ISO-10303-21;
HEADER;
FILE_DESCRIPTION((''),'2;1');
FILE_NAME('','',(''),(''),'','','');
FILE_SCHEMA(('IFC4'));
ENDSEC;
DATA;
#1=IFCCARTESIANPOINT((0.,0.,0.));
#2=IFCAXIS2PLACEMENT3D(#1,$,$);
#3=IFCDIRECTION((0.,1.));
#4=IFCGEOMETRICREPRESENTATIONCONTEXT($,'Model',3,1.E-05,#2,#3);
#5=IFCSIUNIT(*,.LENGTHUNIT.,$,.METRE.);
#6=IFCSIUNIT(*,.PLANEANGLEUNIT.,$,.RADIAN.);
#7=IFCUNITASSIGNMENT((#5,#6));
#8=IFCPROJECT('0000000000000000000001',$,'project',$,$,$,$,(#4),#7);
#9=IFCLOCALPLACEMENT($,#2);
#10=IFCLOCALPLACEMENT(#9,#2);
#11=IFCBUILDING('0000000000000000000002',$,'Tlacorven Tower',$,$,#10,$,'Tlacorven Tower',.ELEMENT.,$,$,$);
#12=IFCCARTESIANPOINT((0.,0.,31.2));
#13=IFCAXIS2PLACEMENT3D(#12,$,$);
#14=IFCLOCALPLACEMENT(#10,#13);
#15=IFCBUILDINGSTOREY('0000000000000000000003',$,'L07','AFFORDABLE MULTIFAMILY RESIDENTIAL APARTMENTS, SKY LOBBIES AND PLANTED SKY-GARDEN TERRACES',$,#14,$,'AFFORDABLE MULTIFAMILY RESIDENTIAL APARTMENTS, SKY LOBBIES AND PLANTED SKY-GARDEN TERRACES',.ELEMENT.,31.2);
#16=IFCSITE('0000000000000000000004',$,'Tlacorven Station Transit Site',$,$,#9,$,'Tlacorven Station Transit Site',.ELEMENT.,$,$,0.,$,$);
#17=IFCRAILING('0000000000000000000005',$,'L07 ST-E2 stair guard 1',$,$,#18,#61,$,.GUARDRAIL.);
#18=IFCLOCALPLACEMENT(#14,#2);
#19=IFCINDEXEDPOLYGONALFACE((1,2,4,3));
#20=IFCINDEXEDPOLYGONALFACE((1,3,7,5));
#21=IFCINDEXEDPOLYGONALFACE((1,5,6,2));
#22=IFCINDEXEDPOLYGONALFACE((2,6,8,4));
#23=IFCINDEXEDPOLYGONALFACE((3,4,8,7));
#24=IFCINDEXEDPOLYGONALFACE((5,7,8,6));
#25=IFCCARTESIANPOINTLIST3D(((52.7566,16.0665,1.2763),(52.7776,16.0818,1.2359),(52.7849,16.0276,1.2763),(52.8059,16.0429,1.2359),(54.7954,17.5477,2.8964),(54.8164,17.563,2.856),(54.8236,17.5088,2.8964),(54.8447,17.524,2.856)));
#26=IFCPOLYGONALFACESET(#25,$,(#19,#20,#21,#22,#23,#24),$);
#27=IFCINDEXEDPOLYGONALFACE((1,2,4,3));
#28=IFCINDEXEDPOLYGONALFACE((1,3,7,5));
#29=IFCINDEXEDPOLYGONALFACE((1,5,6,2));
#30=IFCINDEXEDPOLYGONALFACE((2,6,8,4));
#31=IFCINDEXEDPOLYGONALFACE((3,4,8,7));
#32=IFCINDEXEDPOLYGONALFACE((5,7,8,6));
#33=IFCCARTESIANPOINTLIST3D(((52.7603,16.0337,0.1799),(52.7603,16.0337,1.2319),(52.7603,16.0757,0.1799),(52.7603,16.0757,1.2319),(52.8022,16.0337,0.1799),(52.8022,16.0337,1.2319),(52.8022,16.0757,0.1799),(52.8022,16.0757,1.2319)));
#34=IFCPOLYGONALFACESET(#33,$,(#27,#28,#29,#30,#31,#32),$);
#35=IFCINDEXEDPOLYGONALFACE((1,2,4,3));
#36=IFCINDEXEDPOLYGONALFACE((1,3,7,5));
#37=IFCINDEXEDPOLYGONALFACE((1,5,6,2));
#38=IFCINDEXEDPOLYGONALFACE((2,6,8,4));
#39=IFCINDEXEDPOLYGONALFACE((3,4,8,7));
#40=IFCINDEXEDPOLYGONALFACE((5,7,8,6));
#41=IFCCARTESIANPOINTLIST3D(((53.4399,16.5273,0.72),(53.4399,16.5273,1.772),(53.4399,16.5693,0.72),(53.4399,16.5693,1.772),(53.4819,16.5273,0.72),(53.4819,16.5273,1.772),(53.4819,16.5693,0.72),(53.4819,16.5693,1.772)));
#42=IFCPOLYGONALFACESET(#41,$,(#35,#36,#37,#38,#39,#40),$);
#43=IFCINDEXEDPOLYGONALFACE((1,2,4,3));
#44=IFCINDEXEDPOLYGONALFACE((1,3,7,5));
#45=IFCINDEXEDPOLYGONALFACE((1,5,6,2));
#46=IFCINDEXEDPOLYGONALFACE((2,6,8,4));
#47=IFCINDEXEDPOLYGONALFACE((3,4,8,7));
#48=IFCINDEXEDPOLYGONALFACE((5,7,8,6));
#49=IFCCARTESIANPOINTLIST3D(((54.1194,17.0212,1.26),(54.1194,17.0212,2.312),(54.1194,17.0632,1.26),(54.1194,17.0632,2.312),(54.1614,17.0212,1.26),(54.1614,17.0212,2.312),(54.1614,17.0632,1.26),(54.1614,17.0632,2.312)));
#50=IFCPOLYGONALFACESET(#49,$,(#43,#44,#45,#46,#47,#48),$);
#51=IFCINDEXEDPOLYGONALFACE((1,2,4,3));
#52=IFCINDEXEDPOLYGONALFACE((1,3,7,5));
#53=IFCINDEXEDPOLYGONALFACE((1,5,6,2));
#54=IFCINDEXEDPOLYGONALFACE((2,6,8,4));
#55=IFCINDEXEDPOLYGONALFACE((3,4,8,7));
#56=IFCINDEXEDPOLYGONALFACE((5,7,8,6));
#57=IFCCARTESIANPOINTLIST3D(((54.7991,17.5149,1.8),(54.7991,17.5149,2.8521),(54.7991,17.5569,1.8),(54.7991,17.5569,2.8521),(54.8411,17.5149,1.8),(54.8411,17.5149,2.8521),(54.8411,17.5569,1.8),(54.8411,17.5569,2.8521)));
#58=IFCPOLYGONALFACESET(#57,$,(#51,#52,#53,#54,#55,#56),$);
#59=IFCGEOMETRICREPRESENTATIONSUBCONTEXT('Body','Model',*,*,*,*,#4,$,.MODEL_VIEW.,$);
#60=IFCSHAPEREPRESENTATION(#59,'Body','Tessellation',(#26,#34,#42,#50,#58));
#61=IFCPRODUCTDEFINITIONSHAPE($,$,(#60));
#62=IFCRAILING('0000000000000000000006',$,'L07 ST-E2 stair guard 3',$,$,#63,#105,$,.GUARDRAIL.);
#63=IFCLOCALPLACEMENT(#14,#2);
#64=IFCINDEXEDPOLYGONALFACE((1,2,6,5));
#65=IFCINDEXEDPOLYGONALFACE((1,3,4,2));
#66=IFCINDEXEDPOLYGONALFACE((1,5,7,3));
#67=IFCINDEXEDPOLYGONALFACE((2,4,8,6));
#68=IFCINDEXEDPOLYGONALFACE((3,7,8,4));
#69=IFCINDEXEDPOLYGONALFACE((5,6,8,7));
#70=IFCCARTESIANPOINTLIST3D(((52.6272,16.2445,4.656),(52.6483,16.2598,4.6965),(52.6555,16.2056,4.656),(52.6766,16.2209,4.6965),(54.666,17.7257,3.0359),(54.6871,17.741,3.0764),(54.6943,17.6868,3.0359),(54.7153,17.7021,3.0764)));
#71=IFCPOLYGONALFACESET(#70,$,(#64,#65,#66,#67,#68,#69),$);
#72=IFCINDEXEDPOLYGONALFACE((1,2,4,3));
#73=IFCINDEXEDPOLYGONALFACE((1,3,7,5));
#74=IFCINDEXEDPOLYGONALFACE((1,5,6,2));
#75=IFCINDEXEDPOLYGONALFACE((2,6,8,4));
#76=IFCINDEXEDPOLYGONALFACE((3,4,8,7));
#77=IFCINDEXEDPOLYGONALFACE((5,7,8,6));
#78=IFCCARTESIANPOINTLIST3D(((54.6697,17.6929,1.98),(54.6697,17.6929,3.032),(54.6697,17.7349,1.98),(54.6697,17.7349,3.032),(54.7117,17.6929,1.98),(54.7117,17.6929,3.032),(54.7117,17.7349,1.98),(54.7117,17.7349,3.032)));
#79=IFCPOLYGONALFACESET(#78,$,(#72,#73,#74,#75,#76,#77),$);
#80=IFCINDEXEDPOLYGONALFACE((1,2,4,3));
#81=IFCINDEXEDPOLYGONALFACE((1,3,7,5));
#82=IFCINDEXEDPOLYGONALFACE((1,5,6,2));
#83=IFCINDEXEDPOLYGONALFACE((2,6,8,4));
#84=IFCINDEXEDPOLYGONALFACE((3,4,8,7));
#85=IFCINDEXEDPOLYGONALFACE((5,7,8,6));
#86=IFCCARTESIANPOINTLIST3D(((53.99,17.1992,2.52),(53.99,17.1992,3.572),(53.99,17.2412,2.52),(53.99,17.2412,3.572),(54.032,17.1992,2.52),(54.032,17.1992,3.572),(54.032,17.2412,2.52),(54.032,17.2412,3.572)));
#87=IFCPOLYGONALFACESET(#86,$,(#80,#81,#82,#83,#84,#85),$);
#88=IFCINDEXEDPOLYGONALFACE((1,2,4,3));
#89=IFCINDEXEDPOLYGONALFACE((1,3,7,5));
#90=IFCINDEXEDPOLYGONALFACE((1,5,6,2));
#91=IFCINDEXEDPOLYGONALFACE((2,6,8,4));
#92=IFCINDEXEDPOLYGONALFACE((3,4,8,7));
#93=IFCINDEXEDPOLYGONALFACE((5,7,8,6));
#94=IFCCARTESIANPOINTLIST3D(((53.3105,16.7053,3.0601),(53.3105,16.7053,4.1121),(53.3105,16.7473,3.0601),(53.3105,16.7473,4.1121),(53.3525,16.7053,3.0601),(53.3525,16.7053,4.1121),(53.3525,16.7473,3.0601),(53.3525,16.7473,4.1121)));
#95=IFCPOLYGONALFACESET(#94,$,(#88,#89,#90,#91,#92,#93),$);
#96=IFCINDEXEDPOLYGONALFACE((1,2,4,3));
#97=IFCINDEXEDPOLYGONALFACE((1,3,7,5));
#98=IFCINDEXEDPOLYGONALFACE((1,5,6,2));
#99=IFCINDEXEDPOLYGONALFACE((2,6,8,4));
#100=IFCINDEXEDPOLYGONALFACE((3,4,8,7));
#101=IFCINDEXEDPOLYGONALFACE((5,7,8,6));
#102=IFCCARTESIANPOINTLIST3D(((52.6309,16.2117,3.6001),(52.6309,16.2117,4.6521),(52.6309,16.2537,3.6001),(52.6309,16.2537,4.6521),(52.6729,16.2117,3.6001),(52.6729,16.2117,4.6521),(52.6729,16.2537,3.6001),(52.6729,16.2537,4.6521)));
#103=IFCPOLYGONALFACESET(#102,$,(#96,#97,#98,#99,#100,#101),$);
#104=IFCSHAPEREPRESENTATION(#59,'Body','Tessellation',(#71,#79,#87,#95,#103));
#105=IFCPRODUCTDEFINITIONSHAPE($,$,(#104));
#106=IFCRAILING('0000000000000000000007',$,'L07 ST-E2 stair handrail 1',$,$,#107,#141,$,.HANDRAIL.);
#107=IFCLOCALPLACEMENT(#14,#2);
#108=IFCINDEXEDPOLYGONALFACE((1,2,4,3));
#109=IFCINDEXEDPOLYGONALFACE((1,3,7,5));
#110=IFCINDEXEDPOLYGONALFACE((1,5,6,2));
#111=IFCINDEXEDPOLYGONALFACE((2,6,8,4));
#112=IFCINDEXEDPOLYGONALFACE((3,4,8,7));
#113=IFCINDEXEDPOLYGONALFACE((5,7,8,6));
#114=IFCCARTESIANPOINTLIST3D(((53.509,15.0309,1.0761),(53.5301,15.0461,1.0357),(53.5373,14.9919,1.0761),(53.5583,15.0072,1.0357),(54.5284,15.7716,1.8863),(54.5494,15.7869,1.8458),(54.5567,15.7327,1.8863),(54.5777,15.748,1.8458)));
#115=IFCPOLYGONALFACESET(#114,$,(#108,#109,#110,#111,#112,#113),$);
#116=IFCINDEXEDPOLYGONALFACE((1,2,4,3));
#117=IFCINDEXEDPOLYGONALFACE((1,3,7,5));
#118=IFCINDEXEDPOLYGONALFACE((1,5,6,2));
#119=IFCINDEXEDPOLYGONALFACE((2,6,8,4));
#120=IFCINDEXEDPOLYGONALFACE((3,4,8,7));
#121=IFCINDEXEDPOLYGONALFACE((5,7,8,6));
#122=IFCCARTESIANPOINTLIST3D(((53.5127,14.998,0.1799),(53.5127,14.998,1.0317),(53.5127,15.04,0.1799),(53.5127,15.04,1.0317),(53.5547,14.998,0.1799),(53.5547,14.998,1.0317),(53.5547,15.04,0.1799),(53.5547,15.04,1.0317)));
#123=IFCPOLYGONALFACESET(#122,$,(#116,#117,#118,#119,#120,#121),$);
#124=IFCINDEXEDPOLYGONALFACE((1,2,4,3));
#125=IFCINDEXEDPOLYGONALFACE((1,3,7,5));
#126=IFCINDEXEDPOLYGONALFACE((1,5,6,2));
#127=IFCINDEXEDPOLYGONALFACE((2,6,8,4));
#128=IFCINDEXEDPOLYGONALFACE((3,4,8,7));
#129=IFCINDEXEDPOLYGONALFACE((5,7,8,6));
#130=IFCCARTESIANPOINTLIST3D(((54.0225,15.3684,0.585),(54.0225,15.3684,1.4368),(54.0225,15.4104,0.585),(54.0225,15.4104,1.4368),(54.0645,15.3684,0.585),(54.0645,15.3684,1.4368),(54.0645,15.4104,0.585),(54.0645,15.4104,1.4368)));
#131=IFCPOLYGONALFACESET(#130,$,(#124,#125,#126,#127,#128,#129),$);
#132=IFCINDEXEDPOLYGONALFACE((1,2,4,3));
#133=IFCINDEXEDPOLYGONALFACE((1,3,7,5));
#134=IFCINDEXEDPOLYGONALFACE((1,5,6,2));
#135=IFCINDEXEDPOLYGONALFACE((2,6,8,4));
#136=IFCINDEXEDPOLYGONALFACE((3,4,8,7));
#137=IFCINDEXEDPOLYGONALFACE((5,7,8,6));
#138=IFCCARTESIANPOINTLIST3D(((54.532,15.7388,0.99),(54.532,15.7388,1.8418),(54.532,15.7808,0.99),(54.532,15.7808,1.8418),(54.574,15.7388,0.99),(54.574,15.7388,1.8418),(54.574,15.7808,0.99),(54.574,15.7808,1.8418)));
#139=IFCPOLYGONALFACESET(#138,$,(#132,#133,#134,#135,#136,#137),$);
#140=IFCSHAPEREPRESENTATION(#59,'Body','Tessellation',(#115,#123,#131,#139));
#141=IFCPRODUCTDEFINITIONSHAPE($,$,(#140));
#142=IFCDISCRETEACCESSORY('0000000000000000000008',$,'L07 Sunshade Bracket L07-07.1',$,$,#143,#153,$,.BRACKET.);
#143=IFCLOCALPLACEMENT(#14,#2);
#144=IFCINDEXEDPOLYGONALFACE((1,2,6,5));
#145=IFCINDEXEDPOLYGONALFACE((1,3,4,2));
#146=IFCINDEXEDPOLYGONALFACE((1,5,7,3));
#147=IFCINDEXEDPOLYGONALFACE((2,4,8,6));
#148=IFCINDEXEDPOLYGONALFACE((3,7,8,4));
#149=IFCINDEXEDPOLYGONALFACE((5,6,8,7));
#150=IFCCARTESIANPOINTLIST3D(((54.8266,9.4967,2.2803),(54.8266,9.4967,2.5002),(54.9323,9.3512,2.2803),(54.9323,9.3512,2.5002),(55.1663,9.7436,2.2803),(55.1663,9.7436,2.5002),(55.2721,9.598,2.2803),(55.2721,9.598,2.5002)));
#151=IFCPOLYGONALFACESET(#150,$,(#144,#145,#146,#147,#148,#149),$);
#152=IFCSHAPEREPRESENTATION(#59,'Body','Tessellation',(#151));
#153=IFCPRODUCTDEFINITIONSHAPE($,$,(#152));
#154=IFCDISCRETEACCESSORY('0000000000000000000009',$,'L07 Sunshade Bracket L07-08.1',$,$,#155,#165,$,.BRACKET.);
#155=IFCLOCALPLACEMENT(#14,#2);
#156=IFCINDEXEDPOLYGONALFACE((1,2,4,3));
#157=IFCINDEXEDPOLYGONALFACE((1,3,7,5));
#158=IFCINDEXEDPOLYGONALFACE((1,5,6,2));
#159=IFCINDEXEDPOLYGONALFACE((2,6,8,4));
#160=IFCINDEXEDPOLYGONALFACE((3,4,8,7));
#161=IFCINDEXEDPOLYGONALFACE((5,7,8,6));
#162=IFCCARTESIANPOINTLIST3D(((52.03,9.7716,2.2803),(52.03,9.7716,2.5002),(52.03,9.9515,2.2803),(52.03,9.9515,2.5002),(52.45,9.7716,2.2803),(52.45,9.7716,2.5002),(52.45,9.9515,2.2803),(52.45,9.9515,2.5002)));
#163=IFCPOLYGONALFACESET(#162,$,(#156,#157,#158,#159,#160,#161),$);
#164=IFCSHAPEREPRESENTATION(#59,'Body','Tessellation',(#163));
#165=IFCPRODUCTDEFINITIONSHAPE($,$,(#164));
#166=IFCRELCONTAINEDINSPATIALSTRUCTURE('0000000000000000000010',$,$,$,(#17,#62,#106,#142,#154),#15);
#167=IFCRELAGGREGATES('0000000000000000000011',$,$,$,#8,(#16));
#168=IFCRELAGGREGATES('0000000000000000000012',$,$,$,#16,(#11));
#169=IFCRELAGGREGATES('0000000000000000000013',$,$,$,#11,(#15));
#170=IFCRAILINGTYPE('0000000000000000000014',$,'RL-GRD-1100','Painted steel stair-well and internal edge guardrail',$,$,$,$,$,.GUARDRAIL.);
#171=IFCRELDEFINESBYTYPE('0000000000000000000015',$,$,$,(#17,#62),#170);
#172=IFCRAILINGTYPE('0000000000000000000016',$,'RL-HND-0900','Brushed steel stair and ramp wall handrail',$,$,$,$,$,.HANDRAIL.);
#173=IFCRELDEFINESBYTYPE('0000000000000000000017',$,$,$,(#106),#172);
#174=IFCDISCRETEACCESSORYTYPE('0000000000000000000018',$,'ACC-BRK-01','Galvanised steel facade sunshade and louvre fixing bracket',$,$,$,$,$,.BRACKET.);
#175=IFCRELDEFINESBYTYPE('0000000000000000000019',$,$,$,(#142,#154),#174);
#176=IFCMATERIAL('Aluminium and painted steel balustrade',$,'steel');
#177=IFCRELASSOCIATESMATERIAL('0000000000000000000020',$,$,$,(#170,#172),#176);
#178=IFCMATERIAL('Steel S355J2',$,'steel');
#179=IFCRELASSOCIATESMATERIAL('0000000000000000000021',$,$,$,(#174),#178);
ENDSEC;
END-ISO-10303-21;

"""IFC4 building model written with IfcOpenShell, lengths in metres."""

from ifc_helpers import new_model, si_unit, direction, frame, origin, origin_2d, place, context, subcontext, project, spatial, rectangle, extrude, source, transform, mapped, material, type_object, element, save


model = new_model("IFC4")

# Units and contexts
model_context = context("Model", 3, precision=1e-05, world=origin(), true_north=direction((0.0, 1.0)))
body_context = subcontext(model_context, "Body", "Model", "MODEL_VIEW")
ifc_project = project(units=[si_unit("LENGTHUNIT", "METRE"), si_unit("PLANEANGLEUNIT", "RADIAN")], contexts=[model_context])

# Site, building, storey
site_placement = place(None, origin())
site = spatial("IfcSite", under=ifc_project, at=site_placement, Name="Tlacorven Station Transit Site", LongName="Tlacorven Station Transit Site", CompositionType="ELEMENT", RefElevation=0.0)
building_placement = place(site_placement, origin())
building = spatial("IfcBuilding", under=site, at=building_placement, Name="Tlacorven Tower", LongName="Tlacorven Tower", CompositionType="ELEMENT")
storey_placement = place(building_placement, frame((0.0, 0.0, 31.2)))
storey = spatial("IfcBuildingStorey", under=building, at=storey_placement, Name="L07", Description="AFFORDABLE MULTIFAMILY RESIDENTIAL APARTMENTS, SKY LOBBIES AND PLANTED SKY-GARDEN TERRACES", LongName="AFFORDABLE MULTIFAMILY RESIDENTIAL APARTMENTS, SKY LOBBIES AND PLANTED SKY-GARDEN TERRACES", CompositionType="ELEMENT", Elevation=31.2)

# Railings
ifc_material_1 = material(Name="Aluminium and painted steel balustrade", Category="steel")
railing_type_1 = type_object("IfcRailingType", Name="RL-GRD-1100", Description="Painted steel stair-well and internal edge guardrail", PredefinedType="GUARDRAIL", material=ifc_material_1)
railing_type_2 = type_object("IfcRailingType", Name="RL-HND-0900", Description="Brushed steel stair and ramp wall handrail", PredefinedType="HANDRAIL", material=ifc_material_1)
shared_shape_1 = source(origin(), body_context, "Body", "SweptSolid", [
    extrude(rectangle(XDim=0.0481, YDim=0.0481, at=origin_2d()), frame((0.0, 0.0, 1.0762), z_axis=(0.680532, 0.494407, 0.540775), x_axis=(-0.587763, 0.809033, 0.0)), (0.0, 0.0, 1.0), 2.9958),
    extrude(rectangle(XDim=0.042, YDim=0.042, at=origin_2d()), origin(), (0.0, 0.0, 1.0), 1.052),
    extrude(rectangle(XDim=0.042, YDim=0.042, at=origin_2d()), frame((0.6797, 0.4937, 0.54)), (0.0, 0.0, 1.0), 1.052),
    extrude(rectangle(XDim=0.042, YDim=0.042, at=origin_2d()), frame((1.3591, 0.9875, 1.0801)), (0.0, 0.0, 1.0), 1.052),
    extrude(rectangle(XDim=0.042, YDim=0.042, at=origin_2d()), frame((2.0388, 1.4812, 1.6201)), (0.0, 0.0, 1.0), 1.052),
])
railing_1_placement = place(storey_placement, frame((52.7812, 16.0547, 0.1799)))
element("IfcRailing", 1, at=railing_1_placement, inside=storey, type_object=railing_type_1, Name="L07 ST-E2 stair guard 1", PredefinedType="GUARDRAIL", context=body_context, shape_type="MappedRepresentation", body=[
    mapped(shared_shape_1, transform((0.0, 0.0, 0.0), scale=1.0)),
])
shared_shape_2 = source(origin(), body_context, "Body", "SweptSolid", [
    extrude(rectangle(XDim=0.0481, YDim=0.0481, at=origin_2d()), frame((0.0, 0.0, 1.0762), z_axis=(-0.680532, -0.494407, 0.540775), x_axis=(0.587763, -0.809033, 0.0)), (0.0, 0.0, 1.0), 2.9958),
    extrude(rectangle(XDim=0.042, YDim=0.042, at=origin_2d()), origin(), (0.0, 0.0, 1.0), 1.052),
    extrude(rectangle(XDim=0.042, YDim=0.042, at=origin_2d()), frame((-0.6797, -0.4937, 0.54)), (0.0, 0.0, 1.0), 1.052),
    extrude(rectangle(XDim=0.042, YDim=0.042, at=origin_2d()), frame((-1.3591, -0.9875, 1.0801)), (0.0, 0.0, 1.0), 1.052),
    extrude(rectangle(XDim=0.042, YDim=0.042, at=origin_2d()), frame((-2.0388, -1.4812, 1.6201)), (0.0, 0.0, 1.0), 1.052),
])
railing_2_placement = place(storey_placement, frame((54.6907, 17.7139, 1.98)))
element("IfcRailing", 2, at=railing_2_placement, inside=storey, type_object=railing_type_1, Name="L07 ST-E2 stair guard 3", PredefinedType="GUARDRAIL", context=body_context, shape_type="MappedRepresentation", body=[
    mapped(shared_shape_2, transform((0.0, 0.0, 0.0), scale=1.0)),
])
shared_shape_3 = source(origin(), body_context, "Body", "SweptSolid", [
    extrude(rectangle(XDim=0.0481, YDim=0.0481, at=origin_2d()), frame((0.0, 0.0, 0.876), z_axis=(0.680461, 0.494496, 0.540783), x_axis=(-0.587872, 0.808954, 0.0)), (0.0, 0.0, 1.0), 1.498),
    extrude(rectangle(XDim=0.042, YDim=0.042, at=origin_2d()), origin(), (0.0, 0.0, 1.0), 0.8518),
    extrude(rectangle(XDim=0.042, YDim=0.042, at=origin_2d()), frame((0.5098, 0.3704, 0.405)), (0.0, 0.0, 1.0), 0.8518),
    extrude(rectangle(XDim=0.042, YDim=0.042, at=origin_2d()), frame((1.0193, 0.7407, 0.8101)), (0.0, 0.0, 1.0), 0.8518),
])
railing_3_placement = place(storey_placement, frame((53.5337, 15.019, 0.1799)))
element("IfcRailing", 3, at=railing_3_placement, inside=storey, type_object=railing_type_2, Name="L07 ST-E2 stair handrail 1", PredefinedType="HANDRAIL", context=body_context, shape_type="MappedRepresentation", body=[
    mapped(shared_shape_3, transform((0.0, 0.0, 0.0), scale=1.0)),
])

# Discrete accessories
ifc_material_2 = material(Name="Steel S355J2", Category="steel")
discrete_accessory_type = type_object("IfcDiscreteAccessoryType", Name="ACC-BRK-01", Description="Galvanised steel facade sunshade and louvre fixing bracket", PredefinedType="BRACKET", material=ifc_material_2)
shared_shape_4 = source(origin(), body_context, "Body", "SweptSolid", [
    extrude(rectangle(XDim=0.1799, YDim=0.4199, at=origin_2d()), origin(), (0.0, 0.0, 1.0), 0.22),
])
for number, where, z_axis, x_axis, name in (
    (4, (55.0493, 9.5474, 2.2803), (0.0, 0.0, 1.0), (-0.587786, 0.809017, 0.0), "L07 Sunshade Bracket L07-07.1"),
    (5, (52.24, 9.8616, 2.2803), (0.0, 0.0, 1.0), (0.0, -1.0, 0.0), "L07 Sunshade Bracket L07-08.1"),
):
    element("IfcDiscreteAccessory", number, at=place(storey_placement, frame(where, z_axis=z_axis, x_axis=x_axis)), inside=storey, type_object=discrete_accessory_type, Name=name, PredefinedType="BRACKET", context=body_context, shape_type="MappedRepresentation", body=[
        mapped(shared_shape_4, transform((0.0, 0.0, 0.0), scale=1.0)),
    ])

save(model, "model.ifc")
